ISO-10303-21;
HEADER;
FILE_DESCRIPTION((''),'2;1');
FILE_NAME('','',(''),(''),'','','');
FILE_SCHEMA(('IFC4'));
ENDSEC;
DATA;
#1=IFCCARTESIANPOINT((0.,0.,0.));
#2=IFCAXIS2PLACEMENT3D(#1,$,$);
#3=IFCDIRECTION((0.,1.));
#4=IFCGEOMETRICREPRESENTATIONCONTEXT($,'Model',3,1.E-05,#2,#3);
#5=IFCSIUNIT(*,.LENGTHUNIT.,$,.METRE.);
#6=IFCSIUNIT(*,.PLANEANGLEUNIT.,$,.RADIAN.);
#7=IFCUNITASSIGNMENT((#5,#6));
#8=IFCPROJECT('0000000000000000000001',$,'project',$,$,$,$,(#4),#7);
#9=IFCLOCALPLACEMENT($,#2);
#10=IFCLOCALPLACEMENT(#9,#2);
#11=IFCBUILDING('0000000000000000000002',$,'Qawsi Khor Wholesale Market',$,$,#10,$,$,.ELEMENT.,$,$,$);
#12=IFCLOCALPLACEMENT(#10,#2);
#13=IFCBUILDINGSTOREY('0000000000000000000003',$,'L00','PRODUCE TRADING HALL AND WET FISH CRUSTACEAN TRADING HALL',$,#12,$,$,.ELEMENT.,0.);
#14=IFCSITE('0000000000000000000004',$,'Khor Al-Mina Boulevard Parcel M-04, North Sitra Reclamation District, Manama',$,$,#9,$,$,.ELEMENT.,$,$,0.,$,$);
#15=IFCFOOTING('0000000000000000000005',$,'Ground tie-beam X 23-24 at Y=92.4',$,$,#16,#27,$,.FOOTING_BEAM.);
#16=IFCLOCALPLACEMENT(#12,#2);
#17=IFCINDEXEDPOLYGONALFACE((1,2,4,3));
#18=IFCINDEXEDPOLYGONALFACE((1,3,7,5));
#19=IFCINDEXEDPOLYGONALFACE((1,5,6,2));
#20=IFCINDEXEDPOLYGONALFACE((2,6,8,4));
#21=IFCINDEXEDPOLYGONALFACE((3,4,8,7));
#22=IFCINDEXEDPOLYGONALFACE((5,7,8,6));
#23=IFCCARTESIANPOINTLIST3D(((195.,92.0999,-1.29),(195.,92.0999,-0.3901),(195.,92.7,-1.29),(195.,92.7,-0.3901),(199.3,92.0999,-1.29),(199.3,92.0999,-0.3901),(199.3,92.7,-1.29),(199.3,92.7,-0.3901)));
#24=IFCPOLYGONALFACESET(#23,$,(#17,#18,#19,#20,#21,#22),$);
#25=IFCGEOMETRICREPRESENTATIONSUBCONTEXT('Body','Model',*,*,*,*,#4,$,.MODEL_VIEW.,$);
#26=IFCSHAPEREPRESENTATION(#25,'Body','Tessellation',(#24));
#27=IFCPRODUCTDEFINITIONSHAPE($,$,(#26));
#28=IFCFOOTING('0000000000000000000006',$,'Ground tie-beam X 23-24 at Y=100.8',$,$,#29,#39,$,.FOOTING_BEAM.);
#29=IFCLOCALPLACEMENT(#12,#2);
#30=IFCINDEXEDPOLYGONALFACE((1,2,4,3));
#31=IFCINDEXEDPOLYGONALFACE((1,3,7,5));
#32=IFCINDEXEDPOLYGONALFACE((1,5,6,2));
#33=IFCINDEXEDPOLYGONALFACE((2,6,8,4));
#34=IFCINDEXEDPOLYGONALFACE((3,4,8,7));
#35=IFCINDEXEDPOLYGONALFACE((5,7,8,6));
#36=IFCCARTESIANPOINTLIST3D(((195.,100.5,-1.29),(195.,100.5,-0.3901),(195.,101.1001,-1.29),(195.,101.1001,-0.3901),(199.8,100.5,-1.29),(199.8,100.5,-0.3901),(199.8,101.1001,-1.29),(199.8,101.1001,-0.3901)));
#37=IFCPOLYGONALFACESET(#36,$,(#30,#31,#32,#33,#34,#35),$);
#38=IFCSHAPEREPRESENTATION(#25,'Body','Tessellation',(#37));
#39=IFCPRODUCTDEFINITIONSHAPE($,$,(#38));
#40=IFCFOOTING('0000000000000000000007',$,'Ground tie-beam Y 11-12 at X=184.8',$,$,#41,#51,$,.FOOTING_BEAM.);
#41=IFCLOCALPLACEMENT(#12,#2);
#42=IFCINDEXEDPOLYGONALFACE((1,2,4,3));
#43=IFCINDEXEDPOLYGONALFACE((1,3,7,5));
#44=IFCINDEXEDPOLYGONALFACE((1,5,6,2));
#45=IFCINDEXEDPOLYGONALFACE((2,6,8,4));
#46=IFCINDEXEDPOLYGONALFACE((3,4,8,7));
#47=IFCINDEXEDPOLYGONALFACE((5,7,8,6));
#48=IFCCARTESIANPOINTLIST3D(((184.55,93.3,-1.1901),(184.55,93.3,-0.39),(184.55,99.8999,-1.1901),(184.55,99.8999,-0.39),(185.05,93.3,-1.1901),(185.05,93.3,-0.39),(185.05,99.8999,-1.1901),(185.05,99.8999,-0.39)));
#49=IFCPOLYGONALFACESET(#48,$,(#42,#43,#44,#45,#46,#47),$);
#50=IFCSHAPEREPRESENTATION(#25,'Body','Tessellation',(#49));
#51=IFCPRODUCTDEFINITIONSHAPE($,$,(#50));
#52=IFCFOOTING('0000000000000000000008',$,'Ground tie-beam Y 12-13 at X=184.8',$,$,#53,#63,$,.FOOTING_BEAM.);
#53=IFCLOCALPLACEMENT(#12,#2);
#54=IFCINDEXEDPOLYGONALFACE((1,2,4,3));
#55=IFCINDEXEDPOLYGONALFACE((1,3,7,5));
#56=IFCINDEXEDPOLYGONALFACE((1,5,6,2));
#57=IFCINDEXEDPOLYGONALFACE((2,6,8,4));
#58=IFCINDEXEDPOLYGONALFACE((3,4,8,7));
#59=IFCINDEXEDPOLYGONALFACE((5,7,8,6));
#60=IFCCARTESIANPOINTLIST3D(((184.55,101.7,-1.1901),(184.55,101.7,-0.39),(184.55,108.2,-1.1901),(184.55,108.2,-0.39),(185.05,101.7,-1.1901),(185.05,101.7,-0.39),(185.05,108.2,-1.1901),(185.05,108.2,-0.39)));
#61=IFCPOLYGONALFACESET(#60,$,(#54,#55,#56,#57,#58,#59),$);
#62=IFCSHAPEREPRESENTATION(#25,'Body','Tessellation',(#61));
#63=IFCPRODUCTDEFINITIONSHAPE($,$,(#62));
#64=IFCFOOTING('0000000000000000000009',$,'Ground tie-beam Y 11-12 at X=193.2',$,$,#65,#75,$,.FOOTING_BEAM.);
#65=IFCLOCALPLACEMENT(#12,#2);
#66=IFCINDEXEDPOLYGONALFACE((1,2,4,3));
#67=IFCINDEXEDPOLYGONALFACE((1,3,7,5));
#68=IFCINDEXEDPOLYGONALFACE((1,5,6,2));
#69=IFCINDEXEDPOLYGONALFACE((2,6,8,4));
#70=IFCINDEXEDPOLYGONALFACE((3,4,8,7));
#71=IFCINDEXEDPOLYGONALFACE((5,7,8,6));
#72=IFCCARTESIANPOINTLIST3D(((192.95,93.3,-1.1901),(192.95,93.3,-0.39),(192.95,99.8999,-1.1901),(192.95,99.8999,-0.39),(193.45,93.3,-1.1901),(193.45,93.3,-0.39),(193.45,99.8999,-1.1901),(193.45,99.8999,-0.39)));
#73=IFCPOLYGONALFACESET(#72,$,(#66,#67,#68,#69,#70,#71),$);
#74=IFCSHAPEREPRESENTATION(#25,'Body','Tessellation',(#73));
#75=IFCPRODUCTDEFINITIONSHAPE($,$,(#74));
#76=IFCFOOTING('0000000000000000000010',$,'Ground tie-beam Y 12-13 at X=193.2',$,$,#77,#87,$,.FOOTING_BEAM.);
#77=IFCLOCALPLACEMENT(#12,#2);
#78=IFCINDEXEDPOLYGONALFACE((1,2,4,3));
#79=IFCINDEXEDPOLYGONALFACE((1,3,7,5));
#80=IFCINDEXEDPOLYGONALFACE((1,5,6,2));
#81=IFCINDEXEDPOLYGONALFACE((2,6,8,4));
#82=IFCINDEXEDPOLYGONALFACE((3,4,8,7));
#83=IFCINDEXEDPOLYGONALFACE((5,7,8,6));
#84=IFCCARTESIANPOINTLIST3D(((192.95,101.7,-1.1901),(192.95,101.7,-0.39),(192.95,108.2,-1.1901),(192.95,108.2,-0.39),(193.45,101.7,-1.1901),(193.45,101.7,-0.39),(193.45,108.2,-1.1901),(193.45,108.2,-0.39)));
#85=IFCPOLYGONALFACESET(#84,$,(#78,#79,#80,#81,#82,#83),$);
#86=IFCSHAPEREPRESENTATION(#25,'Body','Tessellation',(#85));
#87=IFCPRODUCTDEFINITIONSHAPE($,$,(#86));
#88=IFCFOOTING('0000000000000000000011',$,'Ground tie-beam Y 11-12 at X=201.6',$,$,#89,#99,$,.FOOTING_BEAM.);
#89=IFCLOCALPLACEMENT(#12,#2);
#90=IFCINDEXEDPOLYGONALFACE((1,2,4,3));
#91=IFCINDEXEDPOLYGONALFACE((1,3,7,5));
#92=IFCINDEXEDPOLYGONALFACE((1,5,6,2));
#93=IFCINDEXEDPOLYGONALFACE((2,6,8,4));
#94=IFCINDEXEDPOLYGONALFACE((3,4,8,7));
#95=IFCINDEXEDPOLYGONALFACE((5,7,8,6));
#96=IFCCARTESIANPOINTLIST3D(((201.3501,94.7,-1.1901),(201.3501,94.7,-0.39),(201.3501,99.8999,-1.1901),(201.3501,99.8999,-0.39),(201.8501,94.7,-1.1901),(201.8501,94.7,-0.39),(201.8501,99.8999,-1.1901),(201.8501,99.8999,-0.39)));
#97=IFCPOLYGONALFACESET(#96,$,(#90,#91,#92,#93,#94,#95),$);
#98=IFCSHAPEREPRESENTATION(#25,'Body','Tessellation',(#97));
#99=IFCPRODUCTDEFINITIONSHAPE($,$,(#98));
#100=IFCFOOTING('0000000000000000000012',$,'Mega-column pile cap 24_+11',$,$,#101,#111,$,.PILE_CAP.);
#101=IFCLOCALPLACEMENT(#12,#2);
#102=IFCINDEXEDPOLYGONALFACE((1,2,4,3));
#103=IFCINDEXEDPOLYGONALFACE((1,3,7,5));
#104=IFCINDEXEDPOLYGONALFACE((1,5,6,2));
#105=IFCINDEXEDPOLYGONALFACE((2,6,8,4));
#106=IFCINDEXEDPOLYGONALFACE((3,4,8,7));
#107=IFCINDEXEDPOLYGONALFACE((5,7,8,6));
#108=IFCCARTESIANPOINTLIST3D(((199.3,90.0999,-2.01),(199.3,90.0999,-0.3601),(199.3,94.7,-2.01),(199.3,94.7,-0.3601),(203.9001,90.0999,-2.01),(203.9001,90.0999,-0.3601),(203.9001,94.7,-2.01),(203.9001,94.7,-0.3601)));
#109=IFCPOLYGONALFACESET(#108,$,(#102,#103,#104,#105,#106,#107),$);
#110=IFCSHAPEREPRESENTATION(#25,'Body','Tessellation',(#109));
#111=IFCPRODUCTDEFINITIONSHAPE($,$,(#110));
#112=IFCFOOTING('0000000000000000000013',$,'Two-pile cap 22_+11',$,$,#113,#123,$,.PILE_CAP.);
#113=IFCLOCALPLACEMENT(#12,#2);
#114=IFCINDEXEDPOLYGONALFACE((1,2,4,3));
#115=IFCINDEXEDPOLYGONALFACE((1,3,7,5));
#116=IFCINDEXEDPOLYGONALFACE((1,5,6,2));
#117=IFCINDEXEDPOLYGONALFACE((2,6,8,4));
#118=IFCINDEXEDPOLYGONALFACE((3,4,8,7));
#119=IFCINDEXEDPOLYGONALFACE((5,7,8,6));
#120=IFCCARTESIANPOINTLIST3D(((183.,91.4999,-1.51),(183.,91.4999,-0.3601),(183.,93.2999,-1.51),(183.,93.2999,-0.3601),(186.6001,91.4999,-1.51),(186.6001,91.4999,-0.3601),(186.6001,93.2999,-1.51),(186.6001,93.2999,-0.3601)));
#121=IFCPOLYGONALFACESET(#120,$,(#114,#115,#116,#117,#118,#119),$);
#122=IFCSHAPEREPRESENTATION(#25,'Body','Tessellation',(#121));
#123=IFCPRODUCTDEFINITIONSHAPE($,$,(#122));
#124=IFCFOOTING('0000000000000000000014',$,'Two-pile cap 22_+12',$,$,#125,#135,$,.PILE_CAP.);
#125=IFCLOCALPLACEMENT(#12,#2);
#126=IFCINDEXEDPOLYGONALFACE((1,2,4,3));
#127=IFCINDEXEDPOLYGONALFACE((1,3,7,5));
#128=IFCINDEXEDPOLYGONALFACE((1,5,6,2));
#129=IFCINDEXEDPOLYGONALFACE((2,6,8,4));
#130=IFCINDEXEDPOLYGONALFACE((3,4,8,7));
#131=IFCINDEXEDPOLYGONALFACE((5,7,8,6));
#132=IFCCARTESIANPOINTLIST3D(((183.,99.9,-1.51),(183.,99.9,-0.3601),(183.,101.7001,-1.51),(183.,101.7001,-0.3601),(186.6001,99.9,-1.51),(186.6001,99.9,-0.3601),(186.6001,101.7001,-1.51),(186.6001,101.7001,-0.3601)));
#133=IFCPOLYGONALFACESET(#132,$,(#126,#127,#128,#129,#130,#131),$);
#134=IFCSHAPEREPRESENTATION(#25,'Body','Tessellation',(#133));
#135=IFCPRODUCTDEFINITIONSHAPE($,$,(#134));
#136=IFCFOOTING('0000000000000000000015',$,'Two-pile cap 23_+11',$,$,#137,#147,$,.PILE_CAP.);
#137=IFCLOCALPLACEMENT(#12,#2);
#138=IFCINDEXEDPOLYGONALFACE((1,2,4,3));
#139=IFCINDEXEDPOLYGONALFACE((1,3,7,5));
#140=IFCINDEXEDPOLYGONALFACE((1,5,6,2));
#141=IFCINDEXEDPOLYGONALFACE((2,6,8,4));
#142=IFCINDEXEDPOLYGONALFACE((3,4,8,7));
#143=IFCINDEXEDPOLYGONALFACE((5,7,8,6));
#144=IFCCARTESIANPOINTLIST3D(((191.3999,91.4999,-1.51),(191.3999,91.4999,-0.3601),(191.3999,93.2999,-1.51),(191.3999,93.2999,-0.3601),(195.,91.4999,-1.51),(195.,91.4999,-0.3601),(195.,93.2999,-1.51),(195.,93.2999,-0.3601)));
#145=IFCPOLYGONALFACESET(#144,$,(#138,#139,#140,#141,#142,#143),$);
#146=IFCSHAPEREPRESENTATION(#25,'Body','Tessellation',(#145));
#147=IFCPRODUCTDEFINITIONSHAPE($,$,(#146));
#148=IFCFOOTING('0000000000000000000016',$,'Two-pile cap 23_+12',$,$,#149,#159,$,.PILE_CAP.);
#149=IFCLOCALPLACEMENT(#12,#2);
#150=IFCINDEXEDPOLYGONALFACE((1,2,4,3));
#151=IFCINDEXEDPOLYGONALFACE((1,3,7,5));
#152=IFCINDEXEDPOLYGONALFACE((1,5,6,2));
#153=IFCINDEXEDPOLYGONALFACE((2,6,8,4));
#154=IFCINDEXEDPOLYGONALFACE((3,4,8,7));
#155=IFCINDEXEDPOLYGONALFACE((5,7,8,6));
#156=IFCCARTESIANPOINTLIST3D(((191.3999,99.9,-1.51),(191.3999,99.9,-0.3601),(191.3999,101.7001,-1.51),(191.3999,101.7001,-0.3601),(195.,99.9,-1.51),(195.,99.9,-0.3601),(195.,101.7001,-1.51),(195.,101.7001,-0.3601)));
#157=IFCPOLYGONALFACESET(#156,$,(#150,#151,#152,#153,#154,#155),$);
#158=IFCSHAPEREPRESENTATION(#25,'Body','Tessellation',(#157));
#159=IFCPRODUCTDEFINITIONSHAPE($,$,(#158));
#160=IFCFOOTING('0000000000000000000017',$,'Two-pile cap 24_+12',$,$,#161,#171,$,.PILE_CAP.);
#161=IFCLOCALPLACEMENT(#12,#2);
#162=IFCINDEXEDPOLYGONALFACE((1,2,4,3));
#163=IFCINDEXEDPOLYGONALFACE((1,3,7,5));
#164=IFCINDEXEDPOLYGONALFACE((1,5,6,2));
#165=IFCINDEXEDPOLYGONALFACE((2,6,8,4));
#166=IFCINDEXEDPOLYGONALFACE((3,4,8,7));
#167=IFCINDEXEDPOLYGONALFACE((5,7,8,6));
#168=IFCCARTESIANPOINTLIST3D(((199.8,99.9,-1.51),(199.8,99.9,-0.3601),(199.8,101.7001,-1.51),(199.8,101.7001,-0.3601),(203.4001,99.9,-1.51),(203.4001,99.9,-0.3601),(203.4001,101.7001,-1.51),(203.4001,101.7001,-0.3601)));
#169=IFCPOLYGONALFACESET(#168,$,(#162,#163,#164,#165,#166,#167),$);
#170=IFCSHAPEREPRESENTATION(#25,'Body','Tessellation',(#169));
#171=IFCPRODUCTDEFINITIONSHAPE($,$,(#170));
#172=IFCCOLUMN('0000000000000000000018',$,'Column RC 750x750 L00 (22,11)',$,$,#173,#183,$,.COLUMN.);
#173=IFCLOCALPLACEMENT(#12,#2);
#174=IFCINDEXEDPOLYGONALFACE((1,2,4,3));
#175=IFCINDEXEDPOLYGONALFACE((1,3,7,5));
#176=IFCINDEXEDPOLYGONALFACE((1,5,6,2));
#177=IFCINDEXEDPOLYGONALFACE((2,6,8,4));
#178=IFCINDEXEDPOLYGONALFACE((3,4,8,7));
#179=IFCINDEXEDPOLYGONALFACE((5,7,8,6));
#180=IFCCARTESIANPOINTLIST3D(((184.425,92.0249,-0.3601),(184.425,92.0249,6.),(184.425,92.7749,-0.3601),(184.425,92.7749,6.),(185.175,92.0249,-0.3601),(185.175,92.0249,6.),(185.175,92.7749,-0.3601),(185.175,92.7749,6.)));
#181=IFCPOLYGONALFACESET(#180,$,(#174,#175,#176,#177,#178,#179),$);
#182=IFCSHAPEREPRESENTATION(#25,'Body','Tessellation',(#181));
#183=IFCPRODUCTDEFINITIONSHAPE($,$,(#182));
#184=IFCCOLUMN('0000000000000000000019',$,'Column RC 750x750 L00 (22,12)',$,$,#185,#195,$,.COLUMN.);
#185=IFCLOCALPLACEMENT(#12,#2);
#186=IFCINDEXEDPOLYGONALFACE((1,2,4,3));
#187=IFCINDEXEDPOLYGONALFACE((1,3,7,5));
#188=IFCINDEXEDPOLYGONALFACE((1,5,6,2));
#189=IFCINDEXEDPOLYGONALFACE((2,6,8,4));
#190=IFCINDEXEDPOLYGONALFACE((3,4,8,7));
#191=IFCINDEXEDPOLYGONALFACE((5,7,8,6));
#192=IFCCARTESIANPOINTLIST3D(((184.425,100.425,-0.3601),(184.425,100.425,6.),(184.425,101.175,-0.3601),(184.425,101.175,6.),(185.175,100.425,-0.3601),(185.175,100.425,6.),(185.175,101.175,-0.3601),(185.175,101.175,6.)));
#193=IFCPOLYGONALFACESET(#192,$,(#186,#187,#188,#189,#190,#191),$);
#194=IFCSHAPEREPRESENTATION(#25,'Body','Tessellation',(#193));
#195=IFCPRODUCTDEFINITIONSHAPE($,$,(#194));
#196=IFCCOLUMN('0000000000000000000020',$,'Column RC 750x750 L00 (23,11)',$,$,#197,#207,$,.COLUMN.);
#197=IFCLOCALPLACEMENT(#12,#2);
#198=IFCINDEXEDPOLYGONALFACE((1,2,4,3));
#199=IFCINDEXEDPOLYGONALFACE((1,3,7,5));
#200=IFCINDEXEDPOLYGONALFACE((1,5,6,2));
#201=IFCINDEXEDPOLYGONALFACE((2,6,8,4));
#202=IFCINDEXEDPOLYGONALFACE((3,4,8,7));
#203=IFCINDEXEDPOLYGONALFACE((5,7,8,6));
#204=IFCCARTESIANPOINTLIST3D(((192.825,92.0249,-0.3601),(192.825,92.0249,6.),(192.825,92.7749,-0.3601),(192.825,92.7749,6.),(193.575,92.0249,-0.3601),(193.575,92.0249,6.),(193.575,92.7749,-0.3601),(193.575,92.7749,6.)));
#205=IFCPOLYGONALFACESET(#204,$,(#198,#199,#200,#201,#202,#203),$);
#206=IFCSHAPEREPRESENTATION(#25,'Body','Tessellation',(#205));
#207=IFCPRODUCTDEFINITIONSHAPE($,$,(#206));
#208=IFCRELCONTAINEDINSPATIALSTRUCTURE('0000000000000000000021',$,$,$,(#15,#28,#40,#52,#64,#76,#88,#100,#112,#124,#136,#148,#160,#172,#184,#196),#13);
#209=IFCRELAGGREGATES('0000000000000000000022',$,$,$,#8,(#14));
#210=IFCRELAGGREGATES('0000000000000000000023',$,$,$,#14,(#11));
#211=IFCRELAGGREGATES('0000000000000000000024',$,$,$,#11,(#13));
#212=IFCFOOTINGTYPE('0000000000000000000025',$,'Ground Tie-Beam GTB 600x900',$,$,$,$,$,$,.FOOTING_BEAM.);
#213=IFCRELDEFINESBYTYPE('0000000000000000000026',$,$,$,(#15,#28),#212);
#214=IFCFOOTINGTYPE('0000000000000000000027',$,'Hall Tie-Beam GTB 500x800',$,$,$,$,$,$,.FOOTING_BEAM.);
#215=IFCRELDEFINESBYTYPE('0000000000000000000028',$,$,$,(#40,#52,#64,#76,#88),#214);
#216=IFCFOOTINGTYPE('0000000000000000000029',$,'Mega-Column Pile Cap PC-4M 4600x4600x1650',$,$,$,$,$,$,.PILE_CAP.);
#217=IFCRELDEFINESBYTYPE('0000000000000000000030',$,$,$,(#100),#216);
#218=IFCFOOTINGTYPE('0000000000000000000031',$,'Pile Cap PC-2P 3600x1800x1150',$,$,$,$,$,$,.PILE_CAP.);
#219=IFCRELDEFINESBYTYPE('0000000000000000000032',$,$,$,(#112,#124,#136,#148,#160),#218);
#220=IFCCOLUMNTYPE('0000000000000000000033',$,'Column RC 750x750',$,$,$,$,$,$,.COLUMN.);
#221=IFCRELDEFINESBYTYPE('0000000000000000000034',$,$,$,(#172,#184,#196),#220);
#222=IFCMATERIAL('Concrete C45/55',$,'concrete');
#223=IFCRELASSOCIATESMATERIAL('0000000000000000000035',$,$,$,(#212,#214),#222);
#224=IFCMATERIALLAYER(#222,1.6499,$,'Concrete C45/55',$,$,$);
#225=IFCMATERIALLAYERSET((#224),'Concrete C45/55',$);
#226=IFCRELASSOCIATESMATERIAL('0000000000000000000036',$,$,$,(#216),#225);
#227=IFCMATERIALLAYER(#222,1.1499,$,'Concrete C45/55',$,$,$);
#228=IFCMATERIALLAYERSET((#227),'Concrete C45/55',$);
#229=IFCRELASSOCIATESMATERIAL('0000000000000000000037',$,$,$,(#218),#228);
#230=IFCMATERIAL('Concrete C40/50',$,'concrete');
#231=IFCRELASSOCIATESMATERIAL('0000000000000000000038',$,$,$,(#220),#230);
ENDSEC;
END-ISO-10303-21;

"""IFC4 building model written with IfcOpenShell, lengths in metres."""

from ifc_helpers import new_model, si_unit, direction, frame, origin, origin_2d, place, context, subcontext, project, spatial, rectangle, extrude, material, layer, layer_set, material_profile, profile_set, type_object, element, save


model = new_model("IFC4")

# Units and contexts
model_context = context("Model", 3, precision=1e-05, world=origin(), true_north=direction((0.0, 1.0)))
body_context = subcontext(model_context, "Body", "Model", "MODEL_VIEW")
ifc_project = project(units=[si_unit("LENGTHUNIT", "METRE"), si_unit("PLANEANGLEUNIT", "RADIAN")], contexts=[model_context])

# Site, building, storey
site_placement = place(None, origin())
site = spatial("IfcSite", under=ifc_project, at=site_placement, Name="Khor Al-Mina Boulevard Parcel M-04, North Sitra Reclamation District, Manama", CompositionType="ELEMENT", RefElevation=0.0)
building_placement = place(site_placement, origin())
building = spatial("IfcBuilding", under=site, at=building_placement, Name="Qawsi Khor Wholesale Market", CompositionType="ELEMENT")
storey_placement = place(building_placement, origin())
storey = spatial("IfcBuildingStorey", under=building, at=storey_placement, Name="L00", Description="PRODUCE TRADING HALL AND WET FISH CRUSTACEAN TRADING HALL", CompositionType="ELEMENT", Elevation=0.0)

# Shared definitions
ifc_material_1 = material(Name="Concrete C45/55", Category="concrete")

# Footings
ifc_material_profile_1 = material_profile(ifc_material_1, rectangle(XDim=0.6001, YDim=0.8999, at=origin_2d()), Name="RC 600x900")
ifc_profile_set_1 = profile_set([ifc_material_profile_1], Name="Concrete C45/55")
footing_type_1 = type_object("IfcFootingType", Name="Ground Tie-Beam GTB 600x900", PredefinedType="FOOTING_BEAM", material=ifc_profile_set_1)
footing_1_placement = place(storey_placement, frame((195.0, 92.3999, -0.8401), z_axis=(1.0, 0.0, 0.0), x_axis=(0.0, 1.0, 0.0)))
element("IfcFooting", 1, at=footing_1_placement, inside=storey, type_object=footing_type_1, Name="Ground tie-beam X 23-24 at Y=92.4", PredefinedType="FOOTING_BEAM", context=body_context, shape_type="SweptSolid", body=[
    extrude(rectangle(XDim=0.6001, YDim=0.8999, at=origin_2d()), origin(), (0.0, 0.0, 1.0), 4.3),
])
footing_2_placement = place(storey_placement, frame((195.0, 100.8, -0.8401), z_axis=(1.0, 0.0, 0.0), x_axis=(0.0, 1.0, 0.0)))
element("IfcFooting", 2, at=footing_2_placement, inside=storey, type_object=footing_type_1, Name="Ground tie-beam X 23-24 at Y=100.8", PredefinedType="FOOTING_BEAM", context=body_context, shape_type="SweptSolid", body=[
    extrude(rectangle(XDim=0.6001, YDim=0.8999, at=origin_2d()), origin(), (0.0, 0.0, 1.0), 4.8),
])
ifc_material_profile_2 = material_profile(ifc_material_1, rectangle(XDim=0.5, YDim=0.8, at=origin_2d()), Name="RC 500x800")
ifc_profile_set_2 = profile_set([ifc_material_profile_2], Name="Concrete C45/55")
footing_type_2 = type_object("IfcFootingType", Name="Hall Tie-Beam GTB 500x800", PredefinedType="FOOTING_BEAM", material=ifc_profile_set_2)
footing_3_placement = place(storey_placement, frame((184.8, 93.3, -0.79), z_axis=(0.0, 1.0, 0.0), x_axis=(-1.0, 0.0, 0.0)))
element("IfcFooting", 3, at=footing_3_placement, inside=storey, type_object=footing_type_2, Name="Ground tie-beam Y 11-12 at X=184.8", PredefinedType="FOOTING_BEAM", context=body_context, shape_type="SweptSolid", body=[
    extrude(rectangle(XDim=0.5, YDim=0.8, at=origin_2d()), origin(), (0.0, 0.0, 1.0), 6.5999),
])
footing_4_placement = place(storey_placement, frame((184.8, 101.7, -0.79), z_axis=(0.0, 1.0, 0.0), x_axis=(-1.0, 0.0, 0.0)))
element("IfcFooting", 4, at=footing_4_placement, inside=storey, type_object=footing_type_2, Name="Ground tie-beam Y 12-13 at X=184.8", PredefinedType="FOOTING_BEAM", context=body_context, shape_type="SweptSolid", body=[
    extrude(rectangle(XDim=0.5, YDim=0.8, at=origin_2d()), origin(), (0.0, 0.0, 1.0), 6.5),
])
footing_5_placement = place(storey_placement, frame((193.2, 93.3, -0.79), z_axis=(0.0, 1.0, 0.0), x_axis=(-1.0, 0.0, 0.0)))
element("IfcFooting", 5, at=footing_5_placement, inside=storey, type_object=footing_type_2, Name="Ground tie-beam Y 11-12 at X=193.2", PredefinedType="FOOTING_BEAM", context=body_context, shape_type="SweptSolid", body=[
    extrude(rectangle(XDim=0.5, YDim=0.8, at=origin_2d()), origin(), (0.0, 0.0, 1.0), 6.5999),
])
footing_6_placement = place(storey_placement, frame((193.2, 101.7, -0.79), z_axis=(0.0, 1.0, 0.0), x_axis=(-1.0, 0.0, 0.0)))
element("IfcFooting", 6, at=footing_6_placement, inside=storey, type_object=footing_type_2, Name="Ground tie-beam Y 12-13 at X=193.2", PredefinedType="FOOTING_BEAM", context=body_context, shape_type="SweptSolid", body=[
    extrude(rectangle(XDim=0.5, YDim=0.8, at=origin_2d()), origin(), (0.0, 0.0, 1.0), 6.5),
])
footing_7_placement = place(storey_placement, frame((201.6001, 94.7, -0.79), z_axis=(0.0, 1.0, 0.0), x_axis=(-1.0, 0.0, 0.0)))
element("IfcFooting", 7, at=footing_7_placement, inside=storey, type_object=footing_type_2, Name="Ground tie-beam Y 11-12 at X=201.6", PredefinedType="FOOTING_BEAM", context=body_context, shape_type="SweptSolid", body=[
    extrude(rectangle(XDim=0.5, YDim=0.8, at=origin_2d()), origin(), (0.0, 0.0, 1.0), 5.2),
])
ifc_layer_1 = layer(ifc_material_1, 1.6499, Name="Concrete C45/55")
ifc_layer_set_1 = layer_set([ifc_layer_1], Name="Concrete C45/55")
footing_type_3 = type_object("IfcFootingType", Name="Mega-Column Pile Cap PC-4M 4600x4600x1650", PredefinedType="PILE_CAP", material=ifc_layer_set_1)
footing_8_placement = place(storey_placement, frame((201.6001, 92.3999, -2.01), z_axis=(0.0, 0.0, 1.0), x_axis=(1.0, 0.0, 0.0)))
element("IfcFooting", 8, at=footing_8_placement, inside=storey, type_object=footing_type_3, Name="Mega-column pile cap 24_+11", PredefinedType="PILE_CAP", context=body_context, shape_type="SweptSolid", body=[
    extrude(rectangle(XDim=4.6001, YDim=4.6001, at=origin_2d()), origin(), (0.0, 0.0, 1.0), 1.6499),
])
ifc_layer_2 = layer(ifc_material_1, 1.1499, Name="Concrete C45/55")
ifc_layer_set_2 = layer_set([ifc_layer_2], Name="Concrete C45/55")
footing_type_4 = type_object("IfcFootingType", Name="Pile Cap PC-2P 3600x1800x1150", PredefinedType="PILE_CAP", material=ifc_layer_set_2)
for number, where, z_axis, x_axis, name in (
    (9, (184.8, 92.3999, -1.51), (0.0, 0.0, 1.0), (1.0, 0.0, 0.0), "Two-pile cap 22_+11"),
    (10, (184.8, 100.8, -1.51), (0.0, 0.0, 1.0), (1.0, 0.0, 0.0), "Two-pile cap 22_+12"),
    (11, (193.2, 92.3999, -1.51), (0.0, 0.0, 1.0), (1.0, 0.0, 0.0), "Two-pile cap 23_+11"),
    (12, (193.2, 100.8, -1.51), (0.0, 0.0, 1.0), (1.0, 0.0, 0.0), "Two-pile cap 23_+12"),
    (13, (201.6001, 100.8, -1.51), (0.0, 0.0, 1.0), (1.0, 0.0, 0.0), "Two-pile cap 24_+12"),
):
    element("IfcFooting", number, at=place(storey_placement, frame(where, z_axis=z_axis, x_axis=x_axis)), inside=storey, type_object=footing_type_4, Name=name, PredefinedType="PILE_CAP", context=body_context, shape_type="SweptSolid", body=[
        extrude(rectangle(XDim=3.6001, YDim=1.8, at=origin_2d()), origin(), (0.0, 0.0, 1.0), 1.1499),
    ])

# Columns
ifc_material_2 = material(Name="Concrete C40/50", Category="concrete")
ifc_material_profile_3 = material_profile(ifc_material_2, rectangle(XDim=0.75, YDim=0.75, at=origin_2d()), Name="RC 750x750")
ifc_profile_set_3 = profile_set([ifc_material_profile_3], Name="Concrete C40/50")
column_type_1 = type_object("IfcColumnType", Name="Column RC 750x750", PredefinedType="COLUMN", material=ifc_profile_set_3)
for number, where, z_axis, x_axis, name in (
    (14, (184.8, 92.3999, -0.3601), (0.0, 0.0, 1.0), (1.0, 0.0, 0.0), "Column RC 750x750 L00 (22,11)"),
    (15, (184.8, 100.8, -0.3601), (0.0, 0.0, 1.0), (1.0, 0.0, 0.0), "Column RC 750x750 L00 (22,12)"),
    (16, (193.2, 92.3999, -0.3601), (0.0, 0.0, 1.0), (1.0, 0.0, 0.0), "Column RC 750x750 L00 (23,11)"),
):
    element("IfcColumn", number, at=place(storey_placement, frame(where, z_axis=z_axis, x_axis=x_axis)), inside=storey, type_object=column_type_1, Name=name, PredefinedType="COLUMN", context=body_context, shape_type="SweptSolid", body=[
        extrude(rectangle(XDim=0.75, YDim=0.75, at=origin_2d()), origin(), (0.0, 0.0, 1.0), 6.3601),
    ])

save(model, "model.ifc")
